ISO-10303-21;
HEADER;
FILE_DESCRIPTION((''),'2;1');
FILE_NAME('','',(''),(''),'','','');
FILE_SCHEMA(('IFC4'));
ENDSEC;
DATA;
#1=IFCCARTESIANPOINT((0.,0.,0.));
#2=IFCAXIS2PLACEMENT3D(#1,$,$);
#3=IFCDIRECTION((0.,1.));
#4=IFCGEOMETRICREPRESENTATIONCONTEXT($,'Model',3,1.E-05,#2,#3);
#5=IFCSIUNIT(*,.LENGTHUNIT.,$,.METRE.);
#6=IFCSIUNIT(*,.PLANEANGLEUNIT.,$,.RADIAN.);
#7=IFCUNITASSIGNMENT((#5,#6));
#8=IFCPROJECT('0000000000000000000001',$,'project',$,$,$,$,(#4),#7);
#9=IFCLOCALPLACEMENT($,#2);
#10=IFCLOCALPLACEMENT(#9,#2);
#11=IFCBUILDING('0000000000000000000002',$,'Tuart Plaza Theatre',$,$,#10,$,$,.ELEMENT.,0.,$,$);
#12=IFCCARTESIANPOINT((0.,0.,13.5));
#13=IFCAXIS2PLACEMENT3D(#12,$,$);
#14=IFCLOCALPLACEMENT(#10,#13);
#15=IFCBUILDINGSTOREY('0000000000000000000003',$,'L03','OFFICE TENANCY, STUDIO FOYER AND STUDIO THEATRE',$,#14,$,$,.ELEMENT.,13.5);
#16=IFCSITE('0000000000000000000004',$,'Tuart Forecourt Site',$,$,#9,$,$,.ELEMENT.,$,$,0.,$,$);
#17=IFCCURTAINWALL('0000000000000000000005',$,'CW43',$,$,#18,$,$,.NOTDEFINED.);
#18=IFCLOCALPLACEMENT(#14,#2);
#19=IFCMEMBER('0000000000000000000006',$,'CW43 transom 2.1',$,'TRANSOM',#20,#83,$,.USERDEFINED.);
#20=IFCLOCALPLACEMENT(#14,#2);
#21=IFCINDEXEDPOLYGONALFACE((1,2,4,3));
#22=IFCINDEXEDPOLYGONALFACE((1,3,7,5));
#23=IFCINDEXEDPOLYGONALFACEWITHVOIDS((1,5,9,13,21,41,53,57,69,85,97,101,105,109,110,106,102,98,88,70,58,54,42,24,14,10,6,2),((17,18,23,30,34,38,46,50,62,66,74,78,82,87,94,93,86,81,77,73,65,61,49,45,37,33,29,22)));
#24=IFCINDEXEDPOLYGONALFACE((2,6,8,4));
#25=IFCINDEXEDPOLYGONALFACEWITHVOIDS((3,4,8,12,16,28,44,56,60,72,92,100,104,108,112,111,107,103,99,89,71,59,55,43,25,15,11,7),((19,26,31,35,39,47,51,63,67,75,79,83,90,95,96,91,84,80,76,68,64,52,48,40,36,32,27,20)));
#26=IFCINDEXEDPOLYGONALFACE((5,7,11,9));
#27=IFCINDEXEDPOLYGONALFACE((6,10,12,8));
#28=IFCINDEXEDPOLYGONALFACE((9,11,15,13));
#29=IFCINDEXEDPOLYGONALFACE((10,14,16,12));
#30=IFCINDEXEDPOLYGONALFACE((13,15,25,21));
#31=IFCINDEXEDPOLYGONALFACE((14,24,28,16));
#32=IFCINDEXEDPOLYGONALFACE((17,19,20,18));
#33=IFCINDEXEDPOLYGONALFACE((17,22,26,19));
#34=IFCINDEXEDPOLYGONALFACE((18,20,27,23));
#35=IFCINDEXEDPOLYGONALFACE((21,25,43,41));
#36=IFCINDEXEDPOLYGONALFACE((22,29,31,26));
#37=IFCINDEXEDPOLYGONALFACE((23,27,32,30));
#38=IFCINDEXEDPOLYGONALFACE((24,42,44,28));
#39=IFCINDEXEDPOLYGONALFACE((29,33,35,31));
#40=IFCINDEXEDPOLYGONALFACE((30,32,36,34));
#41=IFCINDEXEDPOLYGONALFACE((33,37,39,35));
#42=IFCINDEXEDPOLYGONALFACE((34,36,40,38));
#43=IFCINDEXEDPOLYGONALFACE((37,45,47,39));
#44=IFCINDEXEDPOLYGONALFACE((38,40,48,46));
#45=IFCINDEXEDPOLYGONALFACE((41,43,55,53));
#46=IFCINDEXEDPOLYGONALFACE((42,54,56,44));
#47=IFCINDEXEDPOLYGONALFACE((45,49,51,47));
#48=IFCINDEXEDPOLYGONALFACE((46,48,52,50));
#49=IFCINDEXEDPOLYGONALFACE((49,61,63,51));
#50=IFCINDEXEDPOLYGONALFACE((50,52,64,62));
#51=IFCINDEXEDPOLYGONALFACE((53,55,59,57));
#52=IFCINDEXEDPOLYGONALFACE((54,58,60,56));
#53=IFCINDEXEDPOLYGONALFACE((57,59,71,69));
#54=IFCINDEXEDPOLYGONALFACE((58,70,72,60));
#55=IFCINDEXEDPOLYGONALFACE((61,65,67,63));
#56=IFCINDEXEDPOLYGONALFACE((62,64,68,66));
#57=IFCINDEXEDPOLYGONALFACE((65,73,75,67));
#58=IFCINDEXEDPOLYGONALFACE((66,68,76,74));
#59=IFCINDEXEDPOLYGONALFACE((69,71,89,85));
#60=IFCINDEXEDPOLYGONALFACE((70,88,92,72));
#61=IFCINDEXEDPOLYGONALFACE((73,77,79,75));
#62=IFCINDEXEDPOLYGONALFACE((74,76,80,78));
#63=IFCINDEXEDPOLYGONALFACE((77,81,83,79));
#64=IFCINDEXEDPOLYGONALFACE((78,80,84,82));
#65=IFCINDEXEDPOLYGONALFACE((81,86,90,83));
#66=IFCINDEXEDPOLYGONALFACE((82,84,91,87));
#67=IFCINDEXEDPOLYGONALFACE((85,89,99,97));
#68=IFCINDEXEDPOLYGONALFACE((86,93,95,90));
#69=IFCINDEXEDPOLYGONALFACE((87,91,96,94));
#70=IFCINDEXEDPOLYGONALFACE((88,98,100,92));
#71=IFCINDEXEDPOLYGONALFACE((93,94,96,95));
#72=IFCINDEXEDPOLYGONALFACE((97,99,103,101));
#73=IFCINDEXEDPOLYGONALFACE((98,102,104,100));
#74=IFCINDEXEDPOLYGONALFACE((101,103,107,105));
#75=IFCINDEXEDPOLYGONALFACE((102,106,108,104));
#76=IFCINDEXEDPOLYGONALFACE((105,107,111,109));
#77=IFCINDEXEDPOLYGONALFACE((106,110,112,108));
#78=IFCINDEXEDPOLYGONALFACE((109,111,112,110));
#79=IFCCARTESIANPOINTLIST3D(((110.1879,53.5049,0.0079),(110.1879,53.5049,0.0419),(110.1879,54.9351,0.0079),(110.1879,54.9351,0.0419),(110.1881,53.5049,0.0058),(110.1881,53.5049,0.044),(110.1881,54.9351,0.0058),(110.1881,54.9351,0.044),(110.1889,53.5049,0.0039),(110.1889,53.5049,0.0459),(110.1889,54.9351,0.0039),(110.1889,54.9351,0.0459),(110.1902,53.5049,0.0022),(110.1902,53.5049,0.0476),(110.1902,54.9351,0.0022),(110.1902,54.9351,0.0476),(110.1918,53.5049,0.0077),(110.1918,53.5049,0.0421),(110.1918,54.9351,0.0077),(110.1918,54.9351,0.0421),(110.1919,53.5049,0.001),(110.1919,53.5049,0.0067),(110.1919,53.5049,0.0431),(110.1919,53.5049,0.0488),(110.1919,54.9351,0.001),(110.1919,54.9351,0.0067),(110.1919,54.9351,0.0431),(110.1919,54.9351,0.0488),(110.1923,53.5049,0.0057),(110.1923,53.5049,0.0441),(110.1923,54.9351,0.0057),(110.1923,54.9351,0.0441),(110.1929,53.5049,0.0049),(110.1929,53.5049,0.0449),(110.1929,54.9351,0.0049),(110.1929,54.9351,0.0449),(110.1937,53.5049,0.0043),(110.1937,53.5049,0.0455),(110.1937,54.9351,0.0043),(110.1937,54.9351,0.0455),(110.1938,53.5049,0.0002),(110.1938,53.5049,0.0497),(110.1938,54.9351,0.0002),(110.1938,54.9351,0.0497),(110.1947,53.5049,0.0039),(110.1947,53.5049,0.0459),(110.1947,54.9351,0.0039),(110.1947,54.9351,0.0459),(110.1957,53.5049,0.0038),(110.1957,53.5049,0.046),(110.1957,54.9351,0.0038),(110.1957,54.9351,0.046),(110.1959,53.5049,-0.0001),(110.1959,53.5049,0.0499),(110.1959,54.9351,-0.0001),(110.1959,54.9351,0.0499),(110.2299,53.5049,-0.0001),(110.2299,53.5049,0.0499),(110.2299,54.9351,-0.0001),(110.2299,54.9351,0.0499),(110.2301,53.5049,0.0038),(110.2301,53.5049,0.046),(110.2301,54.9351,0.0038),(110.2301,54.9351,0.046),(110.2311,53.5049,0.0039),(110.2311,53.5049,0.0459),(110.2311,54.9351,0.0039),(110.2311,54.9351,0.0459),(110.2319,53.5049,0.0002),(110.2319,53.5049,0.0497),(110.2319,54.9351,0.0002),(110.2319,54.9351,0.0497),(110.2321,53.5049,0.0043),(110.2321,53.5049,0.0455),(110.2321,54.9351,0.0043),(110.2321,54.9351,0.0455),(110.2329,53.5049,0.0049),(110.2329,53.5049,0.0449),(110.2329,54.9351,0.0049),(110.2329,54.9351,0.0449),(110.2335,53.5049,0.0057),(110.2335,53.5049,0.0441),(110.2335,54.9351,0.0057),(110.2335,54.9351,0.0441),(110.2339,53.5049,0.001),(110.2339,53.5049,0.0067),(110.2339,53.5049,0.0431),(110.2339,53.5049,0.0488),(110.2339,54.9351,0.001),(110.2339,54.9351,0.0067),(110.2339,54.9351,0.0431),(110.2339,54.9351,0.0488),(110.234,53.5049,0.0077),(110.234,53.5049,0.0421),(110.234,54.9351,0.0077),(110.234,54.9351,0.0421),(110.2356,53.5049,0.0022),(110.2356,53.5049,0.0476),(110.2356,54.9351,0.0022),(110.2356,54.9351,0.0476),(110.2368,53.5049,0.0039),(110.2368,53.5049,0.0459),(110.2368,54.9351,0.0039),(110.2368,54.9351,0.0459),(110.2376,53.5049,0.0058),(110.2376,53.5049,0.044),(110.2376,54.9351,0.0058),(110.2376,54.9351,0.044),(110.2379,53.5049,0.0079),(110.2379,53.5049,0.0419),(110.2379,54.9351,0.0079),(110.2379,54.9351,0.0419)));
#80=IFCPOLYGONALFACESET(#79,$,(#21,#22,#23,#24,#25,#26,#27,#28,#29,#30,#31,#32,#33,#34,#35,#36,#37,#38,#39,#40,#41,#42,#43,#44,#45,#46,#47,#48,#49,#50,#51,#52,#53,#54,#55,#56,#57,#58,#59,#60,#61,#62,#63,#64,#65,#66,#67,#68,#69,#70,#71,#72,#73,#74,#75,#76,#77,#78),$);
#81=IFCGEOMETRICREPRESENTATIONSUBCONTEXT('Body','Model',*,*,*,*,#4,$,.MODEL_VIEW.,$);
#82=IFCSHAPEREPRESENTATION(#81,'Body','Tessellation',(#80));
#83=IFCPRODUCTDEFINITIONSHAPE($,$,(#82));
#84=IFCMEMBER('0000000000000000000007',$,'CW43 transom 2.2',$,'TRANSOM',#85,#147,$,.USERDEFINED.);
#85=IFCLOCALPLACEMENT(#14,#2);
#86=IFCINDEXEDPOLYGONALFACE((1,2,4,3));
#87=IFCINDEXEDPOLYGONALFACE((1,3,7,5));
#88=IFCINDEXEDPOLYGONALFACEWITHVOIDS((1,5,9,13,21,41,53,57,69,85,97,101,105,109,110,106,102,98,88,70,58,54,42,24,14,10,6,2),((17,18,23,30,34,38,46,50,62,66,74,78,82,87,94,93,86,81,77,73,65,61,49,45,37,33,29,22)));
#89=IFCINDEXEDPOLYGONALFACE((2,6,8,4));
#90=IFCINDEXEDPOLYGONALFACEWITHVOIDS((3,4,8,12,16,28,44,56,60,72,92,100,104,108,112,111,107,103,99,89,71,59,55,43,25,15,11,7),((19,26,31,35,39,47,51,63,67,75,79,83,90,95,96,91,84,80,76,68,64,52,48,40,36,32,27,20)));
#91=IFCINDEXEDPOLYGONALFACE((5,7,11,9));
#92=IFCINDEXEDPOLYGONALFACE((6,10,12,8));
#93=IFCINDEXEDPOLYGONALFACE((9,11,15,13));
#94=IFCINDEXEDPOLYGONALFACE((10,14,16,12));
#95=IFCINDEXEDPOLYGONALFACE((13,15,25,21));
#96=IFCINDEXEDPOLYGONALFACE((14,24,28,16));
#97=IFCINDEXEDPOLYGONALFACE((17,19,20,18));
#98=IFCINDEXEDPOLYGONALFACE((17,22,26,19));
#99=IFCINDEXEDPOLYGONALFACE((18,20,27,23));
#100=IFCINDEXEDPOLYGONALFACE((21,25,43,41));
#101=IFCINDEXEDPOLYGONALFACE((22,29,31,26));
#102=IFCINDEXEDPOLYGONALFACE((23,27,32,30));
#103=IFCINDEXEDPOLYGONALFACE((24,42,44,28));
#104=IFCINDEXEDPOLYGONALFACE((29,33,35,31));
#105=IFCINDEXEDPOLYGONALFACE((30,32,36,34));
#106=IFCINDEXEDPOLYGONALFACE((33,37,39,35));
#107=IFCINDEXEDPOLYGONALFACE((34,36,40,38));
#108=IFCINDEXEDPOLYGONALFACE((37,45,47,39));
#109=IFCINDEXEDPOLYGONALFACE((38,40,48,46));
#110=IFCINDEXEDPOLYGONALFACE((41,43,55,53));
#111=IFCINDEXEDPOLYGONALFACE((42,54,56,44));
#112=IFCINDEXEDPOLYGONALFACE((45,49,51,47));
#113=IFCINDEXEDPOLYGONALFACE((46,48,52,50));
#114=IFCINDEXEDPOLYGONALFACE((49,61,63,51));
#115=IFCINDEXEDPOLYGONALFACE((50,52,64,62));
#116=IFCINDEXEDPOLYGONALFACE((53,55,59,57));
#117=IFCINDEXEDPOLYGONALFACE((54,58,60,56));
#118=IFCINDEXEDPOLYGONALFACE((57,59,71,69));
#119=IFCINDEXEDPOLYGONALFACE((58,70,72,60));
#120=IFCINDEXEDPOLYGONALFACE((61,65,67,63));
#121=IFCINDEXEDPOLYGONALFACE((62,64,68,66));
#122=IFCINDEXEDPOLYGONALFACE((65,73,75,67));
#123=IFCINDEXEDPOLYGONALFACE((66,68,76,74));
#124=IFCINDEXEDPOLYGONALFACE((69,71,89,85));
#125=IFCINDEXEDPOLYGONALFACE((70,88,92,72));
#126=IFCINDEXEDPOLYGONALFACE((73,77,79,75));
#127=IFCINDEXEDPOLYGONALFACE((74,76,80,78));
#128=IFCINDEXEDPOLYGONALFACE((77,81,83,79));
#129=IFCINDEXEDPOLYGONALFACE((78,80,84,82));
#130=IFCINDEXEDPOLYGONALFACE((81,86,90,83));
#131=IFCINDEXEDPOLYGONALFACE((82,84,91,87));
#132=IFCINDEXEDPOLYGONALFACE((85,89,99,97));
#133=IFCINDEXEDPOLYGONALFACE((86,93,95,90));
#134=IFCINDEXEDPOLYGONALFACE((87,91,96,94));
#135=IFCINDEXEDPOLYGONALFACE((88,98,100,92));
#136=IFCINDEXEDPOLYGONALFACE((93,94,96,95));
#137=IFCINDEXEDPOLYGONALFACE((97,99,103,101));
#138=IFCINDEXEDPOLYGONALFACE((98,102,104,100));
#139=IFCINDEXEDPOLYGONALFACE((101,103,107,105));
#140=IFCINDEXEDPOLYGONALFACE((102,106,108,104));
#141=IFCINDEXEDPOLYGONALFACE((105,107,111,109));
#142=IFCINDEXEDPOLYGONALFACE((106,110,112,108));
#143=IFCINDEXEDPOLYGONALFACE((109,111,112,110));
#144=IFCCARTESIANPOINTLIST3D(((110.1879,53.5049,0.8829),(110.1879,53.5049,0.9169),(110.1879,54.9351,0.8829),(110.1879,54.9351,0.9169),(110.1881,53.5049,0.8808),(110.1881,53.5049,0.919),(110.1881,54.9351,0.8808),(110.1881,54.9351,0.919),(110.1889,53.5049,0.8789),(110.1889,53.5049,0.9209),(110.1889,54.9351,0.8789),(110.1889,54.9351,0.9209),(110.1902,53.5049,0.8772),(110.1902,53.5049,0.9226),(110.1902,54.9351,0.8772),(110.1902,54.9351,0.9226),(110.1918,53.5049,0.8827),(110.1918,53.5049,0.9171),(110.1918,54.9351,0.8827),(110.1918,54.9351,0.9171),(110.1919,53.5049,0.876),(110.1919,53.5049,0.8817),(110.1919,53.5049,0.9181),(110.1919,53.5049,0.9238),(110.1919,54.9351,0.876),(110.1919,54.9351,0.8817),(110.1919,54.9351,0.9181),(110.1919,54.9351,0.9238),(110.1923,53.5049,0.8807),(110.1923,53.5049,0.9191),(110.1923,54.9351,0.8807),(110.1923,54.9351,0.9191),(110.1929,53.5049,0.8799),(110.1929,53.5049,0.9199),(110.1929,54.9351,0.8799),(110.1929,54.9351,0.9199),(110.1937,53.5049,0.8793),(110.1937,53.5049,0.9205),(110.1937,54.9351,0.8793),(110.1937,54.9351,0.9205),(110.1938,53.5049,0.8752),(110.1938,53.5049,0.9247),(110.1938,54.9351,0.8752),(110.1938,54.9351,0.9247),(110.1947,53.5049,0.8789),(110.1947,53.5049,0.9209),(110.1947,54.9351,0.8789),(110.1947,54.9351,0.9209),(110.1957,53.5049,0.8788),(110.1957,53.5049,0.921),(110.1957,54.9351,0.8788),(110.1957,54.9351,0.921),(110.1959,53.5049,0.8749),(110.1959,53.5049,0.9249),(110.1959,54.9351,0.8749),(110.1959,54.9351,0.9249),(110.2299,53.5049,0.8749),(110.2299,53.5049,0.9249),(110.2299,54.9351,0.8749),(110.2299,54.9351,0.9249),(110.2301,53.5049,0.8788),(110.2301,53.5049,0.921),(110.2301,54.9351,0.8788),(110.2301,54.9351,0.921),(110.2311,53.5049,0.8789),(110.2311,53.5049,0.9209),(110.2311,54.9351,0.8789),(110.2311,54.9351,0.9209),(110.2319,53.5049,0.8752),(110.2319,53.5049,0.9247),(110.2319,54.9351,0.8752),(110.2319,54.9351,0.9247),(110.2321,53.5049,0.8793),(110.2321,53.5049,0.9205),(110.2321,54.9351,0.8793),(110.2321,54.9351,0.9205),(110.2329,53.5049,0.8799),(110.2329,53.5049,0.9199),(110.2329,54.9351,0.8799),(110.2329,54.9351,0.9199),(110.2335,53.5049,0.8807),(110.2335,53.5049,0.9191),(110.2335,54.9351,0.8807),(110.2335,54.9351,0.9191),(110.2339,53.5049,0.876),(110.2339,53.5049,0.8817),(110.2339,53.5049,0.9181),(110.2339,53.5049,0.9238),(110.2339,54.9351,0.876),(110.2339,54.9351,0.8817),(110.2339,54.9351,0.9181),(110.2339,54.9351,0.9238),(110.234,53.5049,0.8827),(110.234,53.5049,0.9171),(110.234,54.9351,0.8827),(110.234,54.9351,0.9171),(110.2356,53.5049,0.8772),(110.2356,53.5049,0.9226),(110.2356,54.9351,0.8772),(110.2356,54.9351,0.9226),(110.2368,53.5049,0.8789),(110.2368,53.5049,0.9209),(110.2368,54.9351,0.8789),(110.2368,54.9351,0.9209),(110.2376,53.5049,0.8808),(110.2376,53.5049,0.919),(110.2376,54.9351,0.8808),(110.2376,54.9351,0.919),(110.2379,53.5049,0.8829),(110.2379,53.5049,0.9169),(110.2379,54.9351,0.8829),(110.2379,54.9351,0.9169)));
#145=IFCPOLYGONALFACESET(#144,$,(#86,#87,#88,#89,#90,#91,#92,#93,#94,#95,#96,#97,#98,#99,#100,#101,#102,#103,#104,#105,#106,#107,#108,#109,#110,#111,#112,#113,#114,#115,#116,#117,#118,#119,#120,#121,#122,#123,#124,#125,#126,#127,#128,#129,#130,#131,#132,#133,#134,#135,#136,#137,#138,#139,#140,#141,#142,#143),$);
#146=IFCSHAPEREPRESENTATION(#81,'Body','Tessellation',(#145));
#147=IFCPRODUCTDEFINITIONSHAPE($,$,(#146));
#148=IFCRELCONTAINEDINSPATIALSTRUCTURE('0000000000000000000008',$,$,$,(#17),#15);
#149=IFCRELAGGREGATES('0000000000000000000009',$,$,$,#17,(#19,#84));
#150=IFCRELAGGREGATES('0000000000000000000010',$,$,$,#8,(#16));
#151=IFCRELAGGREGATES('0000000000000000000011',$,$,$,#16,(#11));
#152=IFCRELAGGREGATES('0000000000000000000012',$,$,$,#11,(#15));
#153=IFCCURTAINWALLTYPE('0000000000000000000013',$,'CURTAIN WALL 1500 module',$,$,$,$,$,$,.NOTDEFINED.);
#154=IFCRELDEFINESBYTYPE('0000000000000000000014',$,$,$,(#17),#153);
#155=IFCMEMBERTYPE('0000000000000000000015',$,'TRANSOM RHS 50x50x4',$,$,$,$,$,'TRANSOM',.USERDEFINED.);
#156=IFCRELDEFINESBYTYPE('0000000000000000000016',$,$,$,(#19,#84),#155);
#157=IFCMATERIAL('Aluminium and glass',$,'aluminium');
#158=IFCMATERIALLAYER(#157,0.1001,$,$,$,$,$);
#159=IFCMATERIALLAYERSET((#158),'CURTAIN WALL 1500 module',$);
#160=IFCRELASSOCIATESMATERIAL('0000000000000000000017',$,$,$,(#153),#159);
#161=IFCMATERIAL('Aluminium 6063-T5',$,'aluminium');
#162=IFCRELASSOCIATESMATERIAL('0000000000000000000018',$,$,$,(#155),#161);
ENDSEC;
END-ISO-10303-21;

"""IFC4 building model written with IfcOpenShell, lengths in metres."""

from ifc_helpers import new_model, si_unit, direction, frame, origin, origin_2d, place, context, subcontext, project, spatial, hollow_rectangle, extrude, material, layer, layer_set, material_profile, profile_set, type_object, element, aggregate, save


model = new_model("IFC4")

# Units and contexts
model_context = context("Model", 3, precision=1e-05, world=origin(), true_north=direction((0.0, 1.0)))
body_context = subcontext(model_context, "Body", "Model", "MODEL_VIEW")
ifc_project = project(units=[si_unit("LENGTHUNIT", "METRE"), si_unit("PLANEANGLEUNIT", "RADIAN")], contexts=[model_context])

# Site, building, storey
site_placement = place(None, origin())
site = spatial("IfcSite", under=ifc_project, at=site_placement, Name="Tuart Forecourt Site", CompositionType="ELEMENT", RefElevation=0.0)
building_placement = place(site_placement, origin())
building = spatial("IfcBuilding", under=site, at=building_placement, Name="Tuart Plaza Theatre", CompositionType="ELEMENT", ElevationOfRefHeight=0.0)
storey_placement = place(building_placement, frame((0.0, 0.0, 13.5)))
storey = spatial("IfcBuildingStorey", under=building, at=storey_placement, Name="L03", Description="OFFICE TENANCY, STUDIO FOYER AND STUDIO THEATRE", CompositionType="ELEMENT", Elevation=13.5)

# Curtain wall, members
ifc_material_1 = material(Name="Aluminium and glass", Category="aluminium")
ifc_layer_1 = layer(ifc_material_1, 0.1001)
ifc_layer_set_1 = layer_set([ifc_layer_1], Name="CURTAIN WALL 1500 module")
curtain_wall_type = type_object("IfcCurtainWallType", Name="CURTAIN WALL 1500 module", PredefinedType="NOTDEFINED", material=ifc_layer_set_1)
curtain_wall_placement = place(storey_placement, origin())
curtain_wall = element("IfcCurtainWall", 1, at=curtain_wall_placement, inside=storey, type_object=curtain_wall_type, Name="CW43", PredefinedType="NOTDEFINED")
ifc_material_2 = material(Name="Aluminium 6063-T5", Category="aluminium")
ifc_material_profile_1 = material_profile(ifc_material_2, hollow_rectangle(XDim=0.05, YDim=0.05, WallThickness=0.0039, InnerFilletRadius=0.0039, OuterFilletRadius=0.0081, at=origin_2d()), Name="RHS 50x50x4")
ifc_profile_set_1 = profile_set([ifc_material_profile_1], Name="Aluminium 6063-T5")
member_type_1 = type_object("IfcMemberType", Name="TRANSOM RHS 50x50x4", ElementType="TRANSOM", PredefinedType="USERDEFINED", material=ifc_profile_set_1)
member_1_placement = place(storey_placement, frame((110.2129, 53.5049, 0.0249), z_axis=(0.0, 1.0, 0.0), x_axis=(-1.0, 0.0, 0.0)))
member_1 = element("IfcMember", 2, at=member_1_placement, type_object=member_type_1, Name="CW43 transom 2.1", ObjectType="TRANSOM", PredefinedType="USERDEFINED", context=body_context, shape_type="SweptSolid", body=[
    extrude(hollow_rectangle(XDim=0.05, YDim=0.05, WallThickness=0.0039, InnerFilletRadius=0.0039, OuterFilletRadius=0.0081, at=origin_2d()), origin(), (0.0, 0.0, 1.0), 1.4302),
])
member_2_placement = place(storey_placement, frame((110.2129, 53.5049, 0.8999), z_axis=(0.0, 1.0, 0.0), x_axis=(-1.0, 0.0, 0.0)))
member_2 = element("IfcMember", 3, at=member_2_placement, type_object=member_type_1, Name="CW43 transom 2.2", ObjectType="TRANSOM", PredefinedType="USERDEFINED", context=body_context, shape_type="SweptSolid", body=[
    extrude(hollow_rectangle(XDim=0.05, YDim=0.05, WallThickness=0.0039, InnerFilletRadius=0.0039, OuterFilletRadius=0.0081, at=origin_2d()), origin(), (0.0, 0.0, 1.0), 1.4302),
])
aggregate(curtain_wall, [member_1, member_2])

save(model, "model.ifc")
